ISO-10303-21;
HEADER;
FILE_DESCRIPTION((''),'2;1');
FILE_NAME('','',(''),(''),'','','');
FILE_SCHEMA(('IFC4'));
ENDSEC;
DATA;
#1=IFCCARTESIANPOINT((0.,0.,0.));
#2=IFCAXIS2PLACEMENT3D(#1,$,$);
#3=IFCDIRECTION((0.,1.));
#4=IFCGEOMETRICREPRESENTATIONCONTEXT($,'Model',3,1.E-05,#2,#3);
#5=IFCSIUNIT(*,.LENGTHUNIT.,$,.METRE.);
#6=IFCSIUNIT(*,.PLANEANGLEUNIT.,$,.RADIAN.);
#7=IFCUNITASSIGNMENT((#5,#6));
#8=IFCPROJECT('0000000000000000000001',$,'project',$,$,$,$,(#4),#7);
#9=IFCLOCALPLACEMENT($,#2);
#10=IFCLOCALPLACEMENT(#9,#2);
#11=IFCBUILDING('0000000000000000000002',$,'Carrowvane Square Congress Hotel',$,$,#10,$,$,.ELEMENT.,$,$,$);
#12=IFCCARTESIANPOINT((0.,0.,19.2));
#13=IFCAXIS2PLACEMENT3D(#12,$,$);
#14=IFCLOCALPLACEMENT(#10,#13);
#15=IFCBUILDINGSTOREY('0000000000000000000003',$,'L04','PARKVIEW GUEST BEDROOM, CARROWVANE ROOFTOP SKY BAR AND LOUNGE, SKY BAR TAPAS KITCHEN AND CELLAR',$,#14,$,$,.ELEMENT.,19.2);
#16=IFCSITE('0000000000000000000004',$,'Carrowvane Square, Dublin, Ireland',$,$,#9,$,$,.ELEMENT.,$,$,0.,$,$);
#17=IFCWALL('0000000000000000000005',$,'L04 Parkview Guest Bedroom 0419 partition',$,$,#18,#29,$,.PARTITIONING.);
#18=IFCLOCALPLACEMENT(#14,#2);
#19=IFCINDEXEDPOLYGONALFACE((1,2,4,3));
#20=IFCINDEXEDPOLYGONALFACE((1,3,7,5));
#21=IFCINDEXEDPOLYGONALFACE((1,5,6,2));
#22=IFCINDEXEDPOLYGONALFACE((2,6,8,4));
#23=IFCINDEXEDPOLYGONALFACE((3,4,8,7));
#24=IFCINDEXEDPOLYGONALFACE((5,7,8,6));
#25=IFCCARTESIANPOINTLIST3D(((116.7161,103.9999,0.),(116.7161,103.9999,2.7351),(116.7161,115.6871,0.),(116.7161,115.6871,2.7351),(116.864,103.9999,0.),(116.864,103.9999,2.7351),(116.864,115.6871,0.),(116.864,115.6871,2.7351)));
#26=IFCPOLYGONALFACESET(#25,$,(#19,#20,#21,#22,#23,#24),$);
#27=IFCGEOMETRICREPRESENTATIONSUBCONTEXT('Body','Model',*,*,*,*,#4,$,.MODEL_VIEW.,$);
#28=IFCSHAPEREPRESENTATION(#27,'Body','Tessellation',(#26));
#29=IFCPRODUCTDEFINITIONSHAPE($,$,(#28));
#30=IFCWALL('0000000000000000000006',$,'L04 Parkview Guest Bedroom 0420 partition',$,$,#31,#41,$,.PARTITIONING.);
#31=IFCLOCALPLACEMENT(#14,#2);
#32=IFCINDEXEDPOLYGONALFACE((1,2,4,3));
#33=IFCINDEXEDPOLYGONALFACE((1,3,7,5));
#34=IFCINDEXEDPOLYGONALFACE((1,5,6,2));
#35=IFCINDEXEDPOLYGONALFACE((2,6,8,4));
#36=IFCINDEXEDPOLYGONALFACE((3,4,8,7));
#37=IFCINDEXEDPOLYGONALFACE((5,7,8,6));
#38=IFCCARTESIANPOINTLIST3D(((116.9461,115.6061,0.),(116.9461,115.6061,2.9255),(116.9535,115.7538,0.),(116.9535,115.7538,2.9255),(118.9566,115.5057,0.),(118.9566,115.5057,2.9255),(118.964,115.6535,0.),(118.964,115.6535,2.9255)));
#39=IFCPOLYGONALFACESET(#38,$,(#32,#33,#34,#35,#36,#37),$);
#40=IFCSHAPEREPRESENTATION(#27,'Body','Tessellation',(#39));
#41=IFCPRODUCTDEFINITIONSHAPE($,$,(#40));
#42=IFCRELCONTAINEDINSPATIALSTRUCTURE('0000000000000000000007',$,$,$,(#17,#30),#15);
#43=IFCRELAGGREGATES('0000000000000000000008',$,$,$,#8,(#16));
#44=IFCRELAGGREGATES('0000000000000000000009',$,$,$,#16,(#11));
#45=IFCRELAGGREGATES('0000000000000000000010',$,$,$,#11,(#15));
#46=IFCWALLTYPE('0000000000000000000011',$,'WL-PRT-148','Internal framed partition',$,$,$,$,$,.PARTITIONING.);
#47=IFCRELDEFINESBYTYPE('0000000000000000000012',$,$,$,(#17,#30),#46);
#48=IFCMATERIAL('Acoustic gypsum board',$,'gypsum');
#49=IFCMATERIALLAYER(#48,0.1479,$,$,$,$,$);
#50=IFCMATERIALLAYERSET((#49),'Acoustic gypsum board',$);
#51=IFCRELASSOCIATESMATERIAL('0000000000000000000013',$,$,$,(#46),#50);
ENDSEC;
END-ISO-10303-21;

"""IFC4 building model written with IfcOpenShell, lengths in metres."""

from ifc_helpers import new_model, si_unit, direction, frame, frame_2d, origin, place, context, subcontext, project, spatial, rectangle, extrude, material, layer, layer_set, type_object, element, save


model = new_model("IFC4")

# Units and contexts
model_context = context("Model", 3, precision=1e-05, world=origin(), true_north=direction((0.0, 1.0)))
body_context = subcontext(model_context, "Body", "Model", "MODEL_VIEW")
ifc_project = project(units=[si_unit("LENGTHUNIT", "METRE"), si_unit("PLANEANGLEUNIT", "RADIAN")], contexts=[model_context])

# Site, building, storey
site_placement = place(None, origin())
site = spatial("IfcSite", under=ifc_project, at=site_placement, Name="Carrowvane Square, Dublin, Ireland", CompositionType="ELEMENT", RefElevation=0.0)
building_placement = place(site_placement, origin())
building = spatial("IfcBuilding", under=site, at=building_placement, Name="Carrowvane Square Congress Hotel", CompositionType="ELEMENT")
storey_placement = place(building_placement, frame((0.0, 0.0, 19.2)))
storey = spatial("IfcBuildingStorey", under=building, at=storey_placement, Name="L04", Description="PARKVIEW GUEST BEDROOM, CARROWVANE ROOFTOP SKY BAR AND LOUNGE, SKY BAR TAPAS KITCHEN AND CELLAR", CompositionType="ELEMENT", Elevation=19.2)

# Shared definitions
ifc_material_1 = material(Name="Acoustic gypsum board", Category="gypsum")
ifc_layer_1 = layer(ifc_material_1, 0.1479)
ifc_layer_set_1 = layer_set([ifc_layer_1], Name="Acoustic gypsum board")
wall_type_1 = type_object("IfcWallType", Name="WL-PRT-148", Description="Internal framed partition", PredefinedType="PARTITIONING", material=ifc_layer_set_1)

# Walls
wall_1_placement = place(storey_placement, frame((116.79, 115.6873, 0.0), z_axis=(0.0, 0.0, 1.0), x_axis=(0.0, -1.0, 0.0)))
element("IfcWall", 1, at=wall_1_placement, inside=storey, type_object=wall_type_1, Name="L04 Parkview Guest Bedroom 0419 partition", PredefinedType="PARTITIONING", context=body_context, shape_type="SweptSolid", body=[
    extrude(rectangle(XDim=11.6873, YDim=0.1479, at=frame_2d((5.8438, 0.0))), origin(), (0.0, 0.0, 1.0), 2.7351),
])
wall_2_placement = place(storey_placement, frame((116.95, 115.6799, 0.0), z_axis=(0.0, 0.0, 1.0), x_axis=(0.998757, -0.049847, 0.0)))
element("IfcWall", 2, at=wall_2_placement, inside=storey, type_object=wall_type_1, Name="L04 Parkview Guest Bedroom 0420 partition", PredefinedType="PARTITIONING", context=body_context, shape_type="SweptSolid", body=[
    extrude(rectangle(XDim=2.0129, YDim=0.1479, at=frame_2d((1.0063, 0.0))), origin(), (0.0, 0.0, 1.0), 2.9255),
])

save(model, "model.ifc")
